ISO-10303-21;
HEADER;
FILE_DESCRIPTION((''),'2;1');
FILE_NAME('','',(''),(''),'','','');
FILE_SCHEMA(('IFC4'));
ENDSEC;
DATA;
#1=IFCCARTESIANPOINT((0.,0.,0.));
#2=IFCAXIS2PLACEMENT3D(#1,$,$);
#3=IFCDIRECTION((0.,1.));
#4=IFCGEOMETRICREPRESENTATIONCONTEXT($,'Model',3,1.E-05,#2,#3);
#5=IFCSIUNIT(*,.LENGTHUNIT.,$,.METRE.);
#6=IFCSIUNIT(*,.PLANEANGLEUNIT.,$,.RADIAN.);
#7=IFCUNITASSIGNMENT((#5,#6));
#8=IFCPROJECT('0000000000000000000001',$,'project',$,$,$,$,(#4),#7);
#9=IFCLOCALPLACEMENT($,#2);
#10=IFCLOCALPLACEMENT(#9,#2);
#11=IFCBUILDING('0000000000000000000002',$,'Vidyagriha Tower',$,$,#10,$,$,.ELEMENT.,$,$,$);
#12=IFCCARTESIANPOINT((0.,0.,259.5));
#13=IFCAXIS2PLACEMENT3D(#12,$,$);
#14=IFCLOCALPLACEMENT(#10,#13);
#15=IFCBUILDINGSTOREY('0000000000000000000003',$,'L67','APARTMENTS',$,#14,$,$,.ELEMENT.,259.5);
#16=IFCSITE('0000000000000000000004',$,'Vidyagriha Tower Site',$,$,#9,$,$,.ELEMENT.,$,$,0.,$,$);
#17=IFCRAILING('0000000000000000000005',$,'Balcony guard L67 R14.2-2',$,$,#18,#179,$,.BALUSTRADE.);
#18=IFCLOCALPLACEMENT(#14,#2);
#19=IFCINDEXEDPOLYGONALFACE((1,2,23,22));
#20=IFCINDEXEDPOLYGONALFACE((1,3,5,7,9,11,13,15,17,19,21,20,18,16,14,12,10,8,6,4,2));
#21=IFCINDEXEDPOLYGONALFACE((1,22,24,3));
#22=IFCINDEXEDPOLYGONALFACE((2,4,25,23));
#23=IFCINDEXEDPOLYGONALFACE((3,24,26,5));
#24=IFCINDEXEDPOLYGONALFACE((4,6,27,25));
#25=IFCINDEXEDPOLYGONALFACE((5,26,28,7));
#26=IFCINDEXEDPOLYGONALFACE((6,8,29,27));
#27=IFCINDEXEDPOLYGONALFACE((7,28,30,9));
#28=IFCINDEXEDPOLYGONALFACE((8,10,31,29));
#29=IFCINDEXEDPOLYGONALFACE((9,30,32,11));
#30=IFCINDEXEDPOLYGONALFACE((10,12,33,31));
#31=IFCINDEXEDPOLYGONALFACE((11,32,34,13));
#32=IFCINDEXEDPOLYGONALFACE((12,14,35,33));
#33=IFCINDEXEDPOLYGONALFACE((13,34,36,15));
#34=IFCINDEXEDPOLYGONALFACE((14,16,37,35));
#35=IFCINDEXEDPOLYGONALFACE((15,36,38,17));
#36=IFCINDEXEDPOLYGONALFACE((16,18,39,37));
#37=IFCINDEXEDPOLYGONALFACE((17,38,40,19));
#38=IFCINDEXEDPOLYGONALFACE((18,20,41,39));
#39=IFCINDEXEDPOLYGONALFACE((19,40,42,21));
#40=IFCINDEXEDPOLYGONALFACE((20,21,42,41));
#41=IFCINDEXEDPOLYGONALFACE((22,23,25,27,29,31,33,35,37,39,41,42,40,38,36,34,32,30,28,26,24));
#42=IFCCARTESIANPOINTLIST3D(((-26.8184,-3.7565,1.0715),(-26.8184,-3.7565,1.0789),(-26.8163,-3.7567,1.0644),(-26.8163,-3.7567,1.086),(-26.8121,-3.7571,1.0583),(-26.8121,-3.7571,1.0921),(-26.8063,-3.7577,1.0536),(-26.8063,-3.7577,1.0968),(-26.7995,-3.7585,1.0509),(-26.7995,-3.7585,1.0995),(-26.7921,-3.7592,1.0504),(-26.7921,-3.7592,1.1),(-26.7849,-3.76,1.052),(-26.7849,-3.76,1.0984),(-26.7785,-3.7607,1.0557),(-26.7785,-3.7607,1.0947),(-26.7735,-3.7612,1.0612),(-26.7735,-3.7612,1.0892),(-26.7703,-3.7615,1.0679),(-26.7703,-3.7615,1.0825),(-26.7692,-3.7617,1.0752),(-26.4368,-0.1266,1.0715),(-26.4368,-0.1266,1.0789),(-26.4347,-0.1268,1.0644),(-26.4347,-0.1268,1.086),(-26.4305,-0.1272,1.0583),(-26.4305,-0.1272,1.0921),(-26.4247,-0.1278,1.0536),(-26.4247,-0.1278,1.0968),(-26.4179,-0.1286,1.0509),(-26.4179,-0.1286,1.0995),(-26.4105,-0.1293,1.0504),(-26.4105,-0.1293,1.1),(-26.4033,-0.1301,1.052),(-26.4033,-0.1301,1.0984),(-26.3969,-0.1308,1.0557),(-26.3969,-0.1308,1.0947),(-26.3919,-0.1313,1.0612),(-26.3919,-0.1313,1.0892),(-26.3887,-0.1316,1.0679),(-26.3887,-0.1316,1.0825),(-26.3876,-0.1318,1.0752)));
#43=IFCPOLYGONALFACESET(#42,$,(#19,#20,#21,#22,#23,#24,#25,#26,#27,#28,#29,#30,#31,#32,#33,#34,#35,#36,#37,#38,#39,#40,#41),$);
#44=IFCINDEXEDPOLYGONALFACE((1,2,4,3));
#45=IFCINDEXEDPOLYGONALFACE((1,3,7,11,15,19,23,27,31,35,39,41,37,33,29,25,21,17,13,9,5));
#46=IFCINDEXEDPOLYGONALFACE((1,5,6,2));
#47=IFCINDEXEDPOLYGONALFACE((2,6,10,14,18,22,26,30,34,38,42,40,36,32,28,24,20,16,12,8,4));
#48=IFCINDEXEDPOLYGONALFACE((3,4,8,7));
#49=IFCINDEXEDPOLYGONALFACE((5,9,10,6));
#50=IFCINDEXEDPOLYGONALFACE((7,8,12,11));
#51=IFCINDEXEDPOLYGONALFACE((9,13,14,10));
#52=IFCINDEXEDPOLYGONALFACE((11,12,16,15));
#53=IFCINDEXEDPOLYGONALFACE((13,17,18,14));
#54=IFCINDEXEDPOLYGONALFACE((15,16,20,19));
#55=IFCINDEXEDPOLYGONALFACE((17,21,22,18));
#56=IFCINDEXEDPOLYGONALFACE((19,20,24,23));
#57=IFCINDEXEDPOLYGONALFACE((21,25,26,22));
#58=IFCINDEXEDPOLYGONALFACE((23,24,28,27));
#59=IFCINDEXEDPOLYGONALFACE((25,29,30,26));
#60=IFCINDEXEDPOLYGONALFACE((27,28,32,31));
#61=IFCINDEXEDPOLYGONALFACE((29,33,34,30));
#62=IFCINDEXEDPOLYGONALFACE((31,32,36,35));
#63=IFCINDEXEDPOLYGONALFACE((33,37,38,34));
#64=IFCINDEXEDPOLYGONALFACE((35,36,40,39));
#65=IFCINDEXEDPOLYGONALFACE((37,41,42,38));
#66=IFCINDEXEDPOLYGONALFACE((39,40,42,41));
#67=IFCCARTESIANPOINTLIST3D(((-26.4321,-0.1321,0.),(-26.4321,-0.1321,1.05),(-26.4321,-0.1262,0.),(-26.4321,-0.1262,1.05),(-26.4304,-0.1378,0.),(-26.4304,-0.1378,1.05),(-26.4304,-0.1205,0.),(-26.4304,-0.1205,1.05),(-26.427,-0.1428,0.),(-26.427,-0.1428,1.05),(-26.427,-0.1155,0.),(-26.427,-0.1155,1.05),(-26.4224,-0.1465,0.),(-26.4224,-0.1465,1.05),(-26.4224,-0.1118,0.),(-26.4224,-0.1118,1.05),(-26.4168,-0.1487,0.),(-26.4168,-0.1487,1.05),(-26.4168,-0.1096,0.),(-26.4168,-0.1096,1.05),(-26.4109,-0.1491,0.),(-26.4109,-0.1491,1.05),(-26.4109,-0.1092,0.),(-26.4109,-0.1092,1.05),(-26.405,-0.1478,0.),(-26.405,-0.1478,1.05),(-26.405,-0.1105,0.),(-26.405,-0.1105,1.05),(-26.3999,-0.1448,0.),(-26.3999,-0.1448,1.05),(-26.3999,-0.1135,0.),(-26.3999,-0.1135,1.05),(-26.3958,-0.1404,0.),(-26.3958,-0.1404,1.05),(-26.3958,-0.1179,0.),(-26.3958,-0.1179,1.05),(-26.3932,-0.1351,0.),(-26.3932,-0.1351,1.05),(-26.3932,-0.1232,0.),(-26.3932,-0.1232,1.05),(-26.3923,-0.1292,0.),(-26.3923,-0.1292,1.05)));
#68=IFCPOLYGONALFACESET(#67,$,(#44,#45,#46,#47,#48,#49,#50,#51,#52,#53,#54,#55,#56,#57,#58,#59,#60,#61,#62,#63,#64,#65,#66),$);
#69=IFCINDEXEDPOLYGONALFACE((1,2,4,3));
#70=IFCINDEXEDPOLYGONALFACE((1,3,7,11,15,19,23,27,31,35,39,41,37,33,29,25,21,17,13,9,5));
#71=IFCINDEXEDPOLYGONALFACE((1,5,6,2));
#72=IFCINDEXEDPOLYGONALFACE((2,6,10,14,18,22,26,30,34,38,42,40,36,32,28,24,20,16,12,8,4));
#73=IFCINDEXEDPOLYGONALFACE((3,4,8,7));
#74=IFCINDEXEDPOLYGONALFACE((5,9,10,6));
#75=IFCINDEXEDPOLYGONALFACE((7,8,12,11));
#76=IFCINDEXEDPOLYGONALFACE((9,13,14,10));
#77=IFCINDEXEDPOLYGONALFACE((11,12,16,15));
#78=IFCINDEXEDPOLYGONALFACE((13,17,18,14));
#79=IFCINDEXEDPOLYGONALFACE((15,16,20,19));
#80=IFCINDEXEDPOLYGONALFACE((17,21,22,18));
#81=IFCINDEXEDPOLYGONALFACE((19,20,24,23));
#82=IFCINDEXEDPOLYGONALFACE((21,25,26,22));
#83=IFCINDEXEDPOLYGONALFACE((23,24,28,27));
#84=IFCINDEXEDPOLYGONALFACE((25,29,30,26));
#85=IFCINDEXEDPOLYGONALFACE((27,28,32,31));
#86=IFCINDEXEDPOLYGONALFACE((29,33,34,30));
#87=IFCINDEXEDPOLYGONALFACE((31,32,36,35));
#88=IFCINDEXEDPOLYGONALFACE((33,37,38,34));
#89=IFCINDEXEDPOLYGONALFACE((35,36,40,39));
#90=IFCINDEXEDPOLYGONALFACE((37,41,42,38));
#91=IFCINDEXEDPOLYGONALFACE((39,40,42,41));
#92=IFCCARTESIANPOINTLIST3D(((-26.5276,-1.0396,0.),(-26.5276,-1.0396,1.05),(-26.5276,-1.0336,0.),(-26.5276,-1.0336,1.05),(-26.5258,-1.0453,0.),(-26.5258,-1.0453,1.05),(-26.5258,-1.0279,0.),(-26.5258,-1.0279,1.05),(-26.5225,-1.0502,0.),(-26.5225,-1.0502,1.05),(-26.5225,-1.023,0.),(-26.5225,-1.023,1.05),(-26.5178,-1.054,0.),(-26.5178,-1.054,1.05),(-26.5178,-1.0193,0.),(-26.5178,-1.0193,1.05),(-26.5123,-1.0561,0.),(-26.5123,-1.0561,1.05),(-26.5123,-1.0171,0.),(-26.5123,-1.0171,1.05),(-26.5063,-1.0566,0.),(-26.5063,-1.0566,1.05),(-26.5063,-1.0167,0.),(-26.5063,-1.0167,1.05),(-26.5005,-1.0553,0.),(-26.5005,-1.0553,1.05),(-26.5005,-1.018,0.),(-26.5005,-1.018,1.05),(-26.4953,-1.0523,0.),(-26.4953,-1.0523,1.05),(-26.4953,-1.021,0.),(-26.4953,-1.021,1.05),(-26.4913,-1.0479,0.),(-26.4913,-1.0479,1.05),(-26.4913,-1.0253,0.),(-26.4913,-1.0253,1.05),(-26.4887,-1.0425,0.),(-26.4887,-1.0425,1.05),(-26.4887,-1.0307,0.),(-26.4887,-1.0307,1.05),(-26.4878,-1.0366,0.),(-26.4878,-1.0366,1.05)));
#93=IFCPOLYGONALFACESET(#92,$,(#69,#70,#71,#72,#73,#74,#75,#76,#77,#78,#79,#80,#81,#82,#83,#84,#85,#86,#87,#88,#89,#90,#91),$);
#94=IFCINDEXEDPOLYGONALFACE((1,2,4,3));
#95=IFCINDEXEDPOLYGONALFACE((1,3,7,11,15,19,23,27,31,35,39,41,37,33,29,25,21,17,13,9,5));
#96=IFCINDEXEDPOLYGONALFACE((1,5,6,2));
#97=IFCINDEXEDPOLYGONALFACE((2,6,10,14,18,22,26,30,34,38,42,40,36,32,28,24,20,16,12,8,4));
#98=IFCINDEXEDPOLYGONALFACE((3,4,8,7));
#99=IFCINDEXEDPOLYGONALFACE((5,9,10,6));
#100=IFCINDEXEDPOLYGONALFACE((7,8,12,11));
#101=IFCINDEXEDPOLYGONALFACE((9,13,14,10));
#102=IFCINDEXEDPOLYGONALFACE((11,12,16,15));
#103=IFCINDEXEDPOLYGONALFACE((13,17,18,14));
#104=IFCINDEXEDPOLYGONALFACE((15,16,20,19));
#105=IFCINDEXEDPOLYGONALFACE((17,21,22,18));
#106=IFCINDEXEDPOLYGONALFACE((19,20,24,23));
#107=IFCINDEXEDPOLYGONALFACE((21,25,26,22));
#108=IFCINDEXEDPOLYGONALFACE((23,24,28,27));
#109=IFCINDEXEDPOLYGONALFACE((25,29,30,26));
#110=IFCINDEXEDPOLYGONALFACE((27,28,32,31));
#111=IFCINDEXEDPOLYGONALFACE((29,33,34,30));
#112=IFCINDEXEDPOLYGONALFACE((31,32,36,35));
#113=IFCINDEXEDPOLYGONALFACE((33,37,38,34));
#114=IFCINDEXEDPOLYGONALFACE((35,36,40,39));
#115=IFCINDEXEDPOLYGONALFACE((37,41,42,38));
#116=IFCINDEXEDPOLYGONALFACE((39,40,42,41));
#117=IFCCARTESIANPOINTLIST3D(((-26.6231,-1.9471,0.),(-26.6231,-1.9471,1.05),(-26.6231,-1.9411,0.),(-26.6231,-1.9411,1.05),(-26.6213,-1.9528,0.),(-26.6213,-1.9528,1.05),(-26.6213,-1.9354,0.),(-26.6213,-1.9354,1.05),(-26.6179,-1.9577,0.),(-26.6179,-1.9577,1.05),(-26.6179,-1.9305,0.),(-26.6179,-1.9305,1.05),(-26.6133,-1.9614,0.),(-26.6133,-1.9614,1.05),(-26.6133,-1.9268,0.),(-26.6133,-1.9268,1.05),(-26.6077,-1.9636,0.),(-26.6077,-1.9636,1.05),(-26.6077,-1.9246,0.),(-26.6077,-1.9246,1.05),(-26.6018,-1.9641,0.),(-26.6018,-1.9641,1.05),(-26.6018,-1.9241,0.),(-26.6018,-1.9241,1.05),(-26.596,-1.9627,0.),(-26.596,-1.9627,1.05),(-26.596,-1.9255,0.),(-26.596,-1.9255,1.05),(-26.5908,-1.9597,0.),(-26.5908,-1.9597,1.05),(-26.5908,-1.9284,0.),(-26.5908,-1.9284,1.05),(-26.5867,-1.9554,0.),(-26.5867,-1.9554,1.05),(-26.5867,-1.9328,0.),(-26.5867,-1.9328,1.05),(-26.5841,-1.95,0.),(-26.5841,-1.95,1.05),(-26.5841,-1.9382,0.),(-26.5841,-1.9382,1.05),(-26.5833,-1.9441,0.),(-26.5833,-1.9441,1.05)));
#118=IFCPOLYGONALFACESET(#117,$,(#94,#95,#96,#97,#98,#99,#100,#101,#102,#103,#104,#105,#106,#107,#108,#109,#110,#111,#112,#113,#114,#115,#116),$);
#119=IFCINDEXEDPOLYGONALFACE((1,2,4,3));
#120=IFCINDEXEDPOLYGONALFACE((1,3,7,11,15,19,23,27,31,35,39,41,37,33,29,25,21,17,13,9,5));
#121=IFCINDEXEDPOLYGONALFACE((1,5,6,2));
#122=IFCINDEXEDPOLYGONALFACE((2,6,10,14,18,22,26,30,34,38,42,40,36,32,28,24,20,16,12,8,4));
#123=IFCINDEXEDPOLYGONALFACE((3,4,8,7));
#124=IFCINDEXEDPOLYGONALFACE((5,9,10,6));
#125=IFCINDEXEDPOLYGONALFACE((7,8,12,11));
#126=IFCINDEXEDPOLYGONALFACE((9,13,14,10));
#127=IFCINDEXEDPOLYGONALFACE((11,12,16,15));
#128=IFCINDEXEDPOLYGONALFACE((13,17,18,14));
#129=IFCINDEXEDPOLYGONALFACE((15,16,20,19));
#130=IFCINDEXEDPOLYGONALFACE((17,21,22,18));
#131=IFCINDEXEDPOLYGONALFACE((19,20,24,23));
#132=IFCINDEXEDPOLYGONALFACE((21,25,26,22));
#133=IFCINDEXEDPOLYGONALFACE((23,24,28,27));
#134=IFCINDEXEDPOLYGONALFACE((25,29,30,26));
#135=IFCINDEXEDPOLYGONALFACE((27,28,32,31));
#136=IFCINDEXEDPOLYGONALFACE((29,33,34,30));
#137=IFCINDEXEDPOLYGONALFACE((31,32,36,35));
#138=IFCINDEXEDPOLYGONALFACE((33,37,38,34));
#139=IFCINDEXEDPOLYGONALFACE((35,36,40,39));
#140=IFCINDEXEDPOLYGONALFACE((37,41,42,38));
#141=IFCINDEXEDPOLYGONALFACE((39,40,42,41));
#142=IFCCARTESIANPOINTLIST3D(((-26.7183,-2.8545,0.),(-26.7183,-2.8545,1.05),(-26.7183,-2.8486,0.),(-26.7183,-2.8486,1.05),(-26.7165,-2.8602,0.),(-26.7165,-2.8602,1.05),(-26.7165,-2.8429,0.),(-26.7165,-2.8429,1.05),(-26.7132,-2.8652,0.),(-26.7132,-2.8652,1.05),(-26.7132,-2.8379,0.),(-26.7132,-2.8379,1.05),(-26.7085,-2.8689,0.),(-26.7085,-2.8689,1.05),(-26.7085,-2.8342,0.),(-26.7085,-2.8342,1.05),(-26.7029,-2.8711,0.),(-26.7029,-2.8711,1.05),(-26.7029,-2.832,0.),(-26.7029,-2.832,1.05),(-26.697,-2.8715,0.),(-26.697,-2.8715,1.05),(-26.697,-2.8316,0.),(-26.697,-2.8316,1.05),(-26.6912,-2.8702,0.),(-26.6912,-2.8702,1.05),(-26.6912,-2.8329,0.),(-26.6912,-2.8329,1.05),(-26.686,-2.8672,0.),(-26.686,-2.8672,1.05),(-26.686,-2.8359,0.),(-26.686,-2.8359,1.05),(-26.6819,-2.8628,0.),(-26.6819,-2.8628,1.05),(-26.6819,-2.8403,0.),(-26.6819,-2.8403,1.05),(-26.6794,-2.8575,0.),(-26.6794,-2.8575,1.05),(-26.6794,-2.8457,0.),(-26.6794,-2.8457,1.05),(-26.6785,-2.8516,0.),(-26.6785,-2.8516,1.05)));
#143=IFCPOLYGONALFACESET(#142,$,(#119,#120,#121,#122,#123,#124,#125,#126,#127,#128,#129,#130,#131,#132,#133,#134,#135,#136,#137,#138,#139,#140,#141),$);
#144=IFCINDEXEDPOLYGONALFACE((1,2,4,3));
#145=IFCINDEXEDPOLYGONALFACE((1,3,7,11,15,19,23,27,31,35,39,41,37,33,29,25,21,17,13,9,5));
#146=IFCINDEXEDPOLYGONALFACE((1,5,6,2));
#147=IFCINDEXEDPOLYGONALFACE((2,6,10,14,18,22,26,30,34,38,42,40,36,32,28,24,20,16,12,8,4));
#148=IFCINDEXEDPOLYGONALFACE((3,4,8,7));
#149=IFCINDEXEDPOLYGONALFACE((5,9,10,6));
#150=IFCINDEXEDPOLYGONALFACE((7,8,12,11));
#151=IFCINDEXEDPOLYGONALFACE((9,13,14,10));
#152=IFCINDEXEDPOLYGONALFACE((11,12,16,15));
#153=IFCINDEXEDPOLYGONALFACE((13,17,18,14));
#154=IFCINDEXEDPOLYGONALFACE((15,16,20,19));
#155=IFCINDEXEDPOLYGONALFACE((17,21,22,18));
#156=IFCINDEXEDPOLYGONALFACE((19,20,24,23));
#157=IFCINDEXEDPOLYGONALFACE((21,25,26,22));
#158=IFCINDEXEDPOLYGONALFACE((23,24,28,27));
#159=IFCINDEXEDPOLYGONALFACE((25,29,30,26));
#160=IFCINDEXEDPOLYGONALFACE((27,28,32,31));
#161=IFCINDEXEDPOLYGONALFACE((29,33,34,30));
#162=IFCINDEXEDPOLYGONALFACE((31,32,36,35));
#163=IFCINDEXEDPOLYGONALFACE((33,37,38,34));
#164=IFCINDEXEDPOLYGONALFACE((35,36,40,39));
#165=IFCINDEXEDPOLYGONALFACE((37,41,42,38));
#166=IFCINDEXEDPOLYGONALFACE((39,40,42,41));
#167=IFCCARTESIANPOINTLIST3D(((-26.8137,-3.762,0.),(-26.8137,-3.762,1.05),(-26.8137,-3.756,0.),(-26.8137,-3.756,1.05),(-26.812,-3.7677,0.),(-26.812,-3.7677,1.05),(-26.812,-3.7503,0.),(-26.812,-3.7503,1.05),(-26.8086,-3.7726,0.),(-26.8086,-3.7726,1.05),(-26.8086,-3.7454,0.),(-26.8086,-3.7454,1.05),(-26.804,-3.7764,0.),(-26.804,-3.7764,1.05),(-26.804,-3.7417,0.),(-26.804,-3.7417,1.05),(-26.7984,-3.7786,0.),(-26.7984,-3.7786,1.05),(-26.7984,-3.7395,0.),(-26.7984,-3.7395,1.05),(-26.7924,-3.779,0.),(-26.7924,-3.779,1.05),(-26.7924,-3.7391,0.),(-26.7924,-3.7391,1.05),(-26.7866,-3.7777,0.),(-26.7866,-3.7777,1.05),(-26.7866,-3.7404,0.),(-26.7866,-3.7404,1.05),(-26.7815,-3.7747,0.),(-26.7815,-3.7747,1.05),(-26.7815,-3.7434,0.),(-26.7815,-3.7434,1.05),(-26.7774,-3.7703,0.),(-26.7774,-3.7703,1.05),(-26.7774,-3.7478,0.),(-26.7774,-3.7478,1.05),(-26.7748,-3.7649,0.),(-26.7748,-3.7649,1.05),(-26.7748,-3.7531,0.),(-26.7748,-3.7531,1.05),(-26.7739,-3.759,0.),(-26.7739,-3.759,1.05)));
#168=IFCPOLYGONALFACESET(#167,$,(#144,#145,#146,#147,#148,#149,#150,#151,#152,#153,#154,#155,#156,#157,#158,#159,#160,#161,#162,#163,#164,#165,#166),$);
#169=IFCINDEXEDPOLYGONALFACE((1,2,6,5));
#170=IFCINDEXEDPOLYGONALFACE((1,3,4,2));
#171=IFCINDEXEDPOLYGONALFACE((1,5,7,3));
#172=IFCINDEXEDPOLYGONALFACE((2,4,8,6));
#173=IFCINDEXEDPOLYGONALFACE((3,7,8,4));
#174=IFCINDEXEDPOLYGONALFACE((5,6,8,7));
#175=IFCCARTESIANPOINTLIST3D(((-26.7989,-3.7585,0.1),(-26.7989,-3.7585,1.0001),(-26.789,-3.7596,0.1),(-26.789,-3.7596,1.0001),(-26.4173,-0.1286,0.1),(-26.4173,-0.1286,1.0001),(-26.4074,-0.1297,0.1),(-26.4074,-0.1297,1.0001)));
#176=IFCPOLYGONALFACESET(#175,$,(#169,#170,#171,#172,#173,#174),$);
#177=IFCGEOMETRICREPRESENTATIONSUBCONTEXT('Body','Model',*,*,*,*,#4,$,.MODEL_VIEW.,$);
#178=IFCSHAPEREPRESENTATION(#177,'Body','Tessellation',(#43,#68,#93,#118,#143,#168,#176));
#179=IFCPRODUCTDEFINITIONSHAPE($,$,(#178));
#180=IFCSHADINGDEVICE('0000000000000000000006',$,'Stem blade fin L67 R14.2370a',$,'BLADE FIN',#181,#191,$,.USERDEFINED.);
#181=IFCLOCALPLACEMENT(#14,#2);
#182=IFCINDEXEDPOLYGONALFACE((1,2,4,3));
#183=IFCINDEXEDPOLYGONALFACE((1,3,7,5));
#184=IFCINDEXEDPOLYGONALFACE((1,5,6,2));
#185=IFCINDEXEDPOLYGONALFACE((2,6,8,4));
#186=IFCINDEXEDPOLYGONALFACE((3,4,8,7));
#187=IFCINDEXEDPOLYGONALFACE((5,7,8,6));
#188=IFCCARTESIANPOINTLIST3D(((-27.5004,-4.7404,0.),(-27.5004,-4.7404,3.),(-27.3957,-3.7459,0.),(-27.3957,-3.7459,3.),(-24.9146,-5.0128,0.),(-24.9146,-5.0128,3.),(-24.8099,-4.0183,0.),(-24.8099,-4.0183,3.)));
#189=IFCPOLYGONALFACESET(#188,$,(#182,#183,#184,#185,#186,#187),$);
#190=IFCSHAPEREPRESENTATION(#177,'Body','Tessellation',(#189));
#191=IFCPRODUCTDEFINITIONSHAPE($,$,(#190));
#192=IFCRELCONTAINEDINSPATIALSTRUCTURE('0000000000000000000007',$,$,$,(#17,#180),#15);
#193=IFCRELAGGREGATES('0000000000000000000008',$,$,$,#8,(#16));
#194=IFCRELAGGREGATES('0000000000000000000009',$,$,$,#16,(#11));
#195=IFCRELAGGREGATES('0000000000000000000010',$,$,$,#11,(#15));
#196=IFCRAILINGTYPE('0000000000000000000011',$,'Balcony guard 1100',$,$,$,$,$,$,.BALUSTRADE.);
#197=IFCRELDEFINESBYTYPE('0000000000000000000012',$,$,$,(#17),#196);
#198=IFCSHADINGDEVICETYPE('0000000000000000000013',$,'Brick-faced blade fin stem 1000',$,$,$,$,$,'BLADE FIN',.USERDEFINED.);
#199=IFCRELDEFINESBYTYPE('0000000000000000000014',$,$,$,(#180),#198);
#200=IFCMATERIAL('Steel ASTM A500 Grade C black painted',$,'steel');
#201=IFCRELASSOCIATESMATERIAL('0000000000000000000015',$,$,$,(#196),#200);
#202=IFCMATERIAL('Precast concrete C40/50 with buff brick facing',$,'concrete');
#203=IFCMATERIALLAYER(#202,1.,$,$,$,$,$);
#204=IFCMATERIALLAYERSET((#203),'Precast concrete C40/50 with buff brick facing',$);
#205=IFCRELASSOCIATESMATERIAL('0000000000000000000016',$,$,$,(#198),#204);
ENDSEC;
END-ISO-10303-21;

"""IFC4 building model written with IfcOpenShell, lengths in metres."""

from ifc_helpers import new_model, si_unit, direction, frame, origin, origin_2d, place, context, subcontext, project, spatial, polyline, rectangle, circle, outline, extrude, material, layer, layer_set, type_object, element, save


model = new_model("IFC4")

# Units and contexts
model_context = context("Model", 3, precision=1e-05, world=origin(), true_north=direction((0.0, 1.0)))
body_context = subcontext(model_context, "Body", "Model", "MODEL_VIEW")
ifc_project = project(units=[si_unit("LENGTHUNIT", "METRE"), si_unit("PLANEANGLEUNIT", "RADIAN")], contexts=[model_context])

# Site, building, storey
site_placement = place(None, origin())
site = spatial("IfcSite", under=ifc_project, at=site_placement, Name="Vidyagriha Tower Site", CompositionType="ELEMENT", RefElevation=0.0)
building_placement = place(site_placement, origin())
building = spatial("IfcBuilding", under=site, at=building_placement, Name="Vidyagriha Tower", CompositionType="ELEMENT")
storey_placement = place(building_placement, frame((0.0, 0.0, 259.5)))
storey = spatial("IfcBuildingStorey", under=building, at=storey_placement, Name="L67", Description="APARTMENTS", CompositionType="ELEMENT", Elevation=259.5)

# Railing
ifc_material_1 = material(Name="Steel ASTM A500 Grade C black painted", Category="steel")
railing_type = type_object("IfcRailingType", Name="Balcony guard 1100", PredefinedType="BALUSTRADE", material=ifc_material_1)
railing_placement = place(storey_placement, frame((-26.4124, -0.1292, 0.0)))
element("IfcRailing", 1, at=railing_placement, inside=storey, type_object=railing_type, Name="Balcony guard L67 R14.2-2", PredefinedType="BALUSTRADE", context=body_context, shape_type="SweptSolid", body=[
    extrude(circle(Radius=0.0249, at=origin_2d()), frame((0.0, 0.0, 1.0752), z_axis=(-0.104549, -0.99452, 0.0), x_axis=(0.99452, -0.104549, 0.0)), (0.0, 0.0, 1.0), 3.6499),
    extrude(circle(Radius=0.02, at=origin_2d()), origin(), (0.0, 0.0, 1.0), 1.05),
    extrude(circle(Radius=0.02, at=origin_2d()), frame((-0.0955, -0.9075, 0.0)), (0.0, 0.0, 1.0), 1.05),
    extrude(circle(Radius=0.02, at=origin_2d()), frame((-0.1909, -1.8149, 0.0)), (0.0, 0.0, 1.0), 1.05),
    extrude(circle(Radius=0.02, at=origin_2d()), frame((-0.2861, -2.7224, 0.0)), (0.0, 0.0, 1.0), 1.05),
    extrude(circle(Radius=0.02, at=origin_2d()), frame((-0.3816, -3.6299, 0.0)), (0.0, 0.0, 1.0), 1.05),
    extrude(rectangle(XDim=0.01, YDim=0.9001, at=origin_2d()), frame((0.0, 0.0, 0.55), z_axis=(-0.104549, -0.99452, 0.0), x_axis=(0.99452, -0.104549, 0.0)), (0.0, 0.0, 1.0), 3.6499),
])

# Shading device
ifc_material_2 = material(Name="Precast concrete C40/50 with buff brick facing", Category="concrete")
ifc_layer_1 = layer(ifc_material_2, 1.0)
ifc_layer_set_1 = layer_set([ifc_layer_1], Name="Precast concrete C40/50 with buff brick facing")
shading_device_type = type_object("IfcShadingDeviceType", Name="Brick-faced blade fin stem 1000", ElementType="BLADE FIN", PredefinedType="USERDEFINED", material=ifc_layer_set_1)
shading_device_placement = place(storey_placement, frame((-26.1028, -3.8821, 0.0), z_axis=(0.0, 0.0, 1.0), x_axis=(-0.104748, -0.994499, 0.0)))
element("IfcShadingDevice", 2, at=shading_device_placement, inside=storey, type_object=shading_device_type, Name="Stem blade fin L67 R14.2370a", ObjectType="BLADE FIN", PredefinedType="USERDEFINED", context=body_context, shape_type="SweptSolid", body=[
    extrude(outline(polyline([(0.0, 0.0), (1.0, 0.0), (1.0, 3.0), (0.0, 3.0), (0.0, 0.0)])), frame((0.0, 1.3, 0.0), z_axis=(0.0, -1.0, 0.0), x_axis=(1.0, 0.0, 0.0)), (0.0, 0.0, 1.0), 2.6001),
])

save(model, "model.ifc")
